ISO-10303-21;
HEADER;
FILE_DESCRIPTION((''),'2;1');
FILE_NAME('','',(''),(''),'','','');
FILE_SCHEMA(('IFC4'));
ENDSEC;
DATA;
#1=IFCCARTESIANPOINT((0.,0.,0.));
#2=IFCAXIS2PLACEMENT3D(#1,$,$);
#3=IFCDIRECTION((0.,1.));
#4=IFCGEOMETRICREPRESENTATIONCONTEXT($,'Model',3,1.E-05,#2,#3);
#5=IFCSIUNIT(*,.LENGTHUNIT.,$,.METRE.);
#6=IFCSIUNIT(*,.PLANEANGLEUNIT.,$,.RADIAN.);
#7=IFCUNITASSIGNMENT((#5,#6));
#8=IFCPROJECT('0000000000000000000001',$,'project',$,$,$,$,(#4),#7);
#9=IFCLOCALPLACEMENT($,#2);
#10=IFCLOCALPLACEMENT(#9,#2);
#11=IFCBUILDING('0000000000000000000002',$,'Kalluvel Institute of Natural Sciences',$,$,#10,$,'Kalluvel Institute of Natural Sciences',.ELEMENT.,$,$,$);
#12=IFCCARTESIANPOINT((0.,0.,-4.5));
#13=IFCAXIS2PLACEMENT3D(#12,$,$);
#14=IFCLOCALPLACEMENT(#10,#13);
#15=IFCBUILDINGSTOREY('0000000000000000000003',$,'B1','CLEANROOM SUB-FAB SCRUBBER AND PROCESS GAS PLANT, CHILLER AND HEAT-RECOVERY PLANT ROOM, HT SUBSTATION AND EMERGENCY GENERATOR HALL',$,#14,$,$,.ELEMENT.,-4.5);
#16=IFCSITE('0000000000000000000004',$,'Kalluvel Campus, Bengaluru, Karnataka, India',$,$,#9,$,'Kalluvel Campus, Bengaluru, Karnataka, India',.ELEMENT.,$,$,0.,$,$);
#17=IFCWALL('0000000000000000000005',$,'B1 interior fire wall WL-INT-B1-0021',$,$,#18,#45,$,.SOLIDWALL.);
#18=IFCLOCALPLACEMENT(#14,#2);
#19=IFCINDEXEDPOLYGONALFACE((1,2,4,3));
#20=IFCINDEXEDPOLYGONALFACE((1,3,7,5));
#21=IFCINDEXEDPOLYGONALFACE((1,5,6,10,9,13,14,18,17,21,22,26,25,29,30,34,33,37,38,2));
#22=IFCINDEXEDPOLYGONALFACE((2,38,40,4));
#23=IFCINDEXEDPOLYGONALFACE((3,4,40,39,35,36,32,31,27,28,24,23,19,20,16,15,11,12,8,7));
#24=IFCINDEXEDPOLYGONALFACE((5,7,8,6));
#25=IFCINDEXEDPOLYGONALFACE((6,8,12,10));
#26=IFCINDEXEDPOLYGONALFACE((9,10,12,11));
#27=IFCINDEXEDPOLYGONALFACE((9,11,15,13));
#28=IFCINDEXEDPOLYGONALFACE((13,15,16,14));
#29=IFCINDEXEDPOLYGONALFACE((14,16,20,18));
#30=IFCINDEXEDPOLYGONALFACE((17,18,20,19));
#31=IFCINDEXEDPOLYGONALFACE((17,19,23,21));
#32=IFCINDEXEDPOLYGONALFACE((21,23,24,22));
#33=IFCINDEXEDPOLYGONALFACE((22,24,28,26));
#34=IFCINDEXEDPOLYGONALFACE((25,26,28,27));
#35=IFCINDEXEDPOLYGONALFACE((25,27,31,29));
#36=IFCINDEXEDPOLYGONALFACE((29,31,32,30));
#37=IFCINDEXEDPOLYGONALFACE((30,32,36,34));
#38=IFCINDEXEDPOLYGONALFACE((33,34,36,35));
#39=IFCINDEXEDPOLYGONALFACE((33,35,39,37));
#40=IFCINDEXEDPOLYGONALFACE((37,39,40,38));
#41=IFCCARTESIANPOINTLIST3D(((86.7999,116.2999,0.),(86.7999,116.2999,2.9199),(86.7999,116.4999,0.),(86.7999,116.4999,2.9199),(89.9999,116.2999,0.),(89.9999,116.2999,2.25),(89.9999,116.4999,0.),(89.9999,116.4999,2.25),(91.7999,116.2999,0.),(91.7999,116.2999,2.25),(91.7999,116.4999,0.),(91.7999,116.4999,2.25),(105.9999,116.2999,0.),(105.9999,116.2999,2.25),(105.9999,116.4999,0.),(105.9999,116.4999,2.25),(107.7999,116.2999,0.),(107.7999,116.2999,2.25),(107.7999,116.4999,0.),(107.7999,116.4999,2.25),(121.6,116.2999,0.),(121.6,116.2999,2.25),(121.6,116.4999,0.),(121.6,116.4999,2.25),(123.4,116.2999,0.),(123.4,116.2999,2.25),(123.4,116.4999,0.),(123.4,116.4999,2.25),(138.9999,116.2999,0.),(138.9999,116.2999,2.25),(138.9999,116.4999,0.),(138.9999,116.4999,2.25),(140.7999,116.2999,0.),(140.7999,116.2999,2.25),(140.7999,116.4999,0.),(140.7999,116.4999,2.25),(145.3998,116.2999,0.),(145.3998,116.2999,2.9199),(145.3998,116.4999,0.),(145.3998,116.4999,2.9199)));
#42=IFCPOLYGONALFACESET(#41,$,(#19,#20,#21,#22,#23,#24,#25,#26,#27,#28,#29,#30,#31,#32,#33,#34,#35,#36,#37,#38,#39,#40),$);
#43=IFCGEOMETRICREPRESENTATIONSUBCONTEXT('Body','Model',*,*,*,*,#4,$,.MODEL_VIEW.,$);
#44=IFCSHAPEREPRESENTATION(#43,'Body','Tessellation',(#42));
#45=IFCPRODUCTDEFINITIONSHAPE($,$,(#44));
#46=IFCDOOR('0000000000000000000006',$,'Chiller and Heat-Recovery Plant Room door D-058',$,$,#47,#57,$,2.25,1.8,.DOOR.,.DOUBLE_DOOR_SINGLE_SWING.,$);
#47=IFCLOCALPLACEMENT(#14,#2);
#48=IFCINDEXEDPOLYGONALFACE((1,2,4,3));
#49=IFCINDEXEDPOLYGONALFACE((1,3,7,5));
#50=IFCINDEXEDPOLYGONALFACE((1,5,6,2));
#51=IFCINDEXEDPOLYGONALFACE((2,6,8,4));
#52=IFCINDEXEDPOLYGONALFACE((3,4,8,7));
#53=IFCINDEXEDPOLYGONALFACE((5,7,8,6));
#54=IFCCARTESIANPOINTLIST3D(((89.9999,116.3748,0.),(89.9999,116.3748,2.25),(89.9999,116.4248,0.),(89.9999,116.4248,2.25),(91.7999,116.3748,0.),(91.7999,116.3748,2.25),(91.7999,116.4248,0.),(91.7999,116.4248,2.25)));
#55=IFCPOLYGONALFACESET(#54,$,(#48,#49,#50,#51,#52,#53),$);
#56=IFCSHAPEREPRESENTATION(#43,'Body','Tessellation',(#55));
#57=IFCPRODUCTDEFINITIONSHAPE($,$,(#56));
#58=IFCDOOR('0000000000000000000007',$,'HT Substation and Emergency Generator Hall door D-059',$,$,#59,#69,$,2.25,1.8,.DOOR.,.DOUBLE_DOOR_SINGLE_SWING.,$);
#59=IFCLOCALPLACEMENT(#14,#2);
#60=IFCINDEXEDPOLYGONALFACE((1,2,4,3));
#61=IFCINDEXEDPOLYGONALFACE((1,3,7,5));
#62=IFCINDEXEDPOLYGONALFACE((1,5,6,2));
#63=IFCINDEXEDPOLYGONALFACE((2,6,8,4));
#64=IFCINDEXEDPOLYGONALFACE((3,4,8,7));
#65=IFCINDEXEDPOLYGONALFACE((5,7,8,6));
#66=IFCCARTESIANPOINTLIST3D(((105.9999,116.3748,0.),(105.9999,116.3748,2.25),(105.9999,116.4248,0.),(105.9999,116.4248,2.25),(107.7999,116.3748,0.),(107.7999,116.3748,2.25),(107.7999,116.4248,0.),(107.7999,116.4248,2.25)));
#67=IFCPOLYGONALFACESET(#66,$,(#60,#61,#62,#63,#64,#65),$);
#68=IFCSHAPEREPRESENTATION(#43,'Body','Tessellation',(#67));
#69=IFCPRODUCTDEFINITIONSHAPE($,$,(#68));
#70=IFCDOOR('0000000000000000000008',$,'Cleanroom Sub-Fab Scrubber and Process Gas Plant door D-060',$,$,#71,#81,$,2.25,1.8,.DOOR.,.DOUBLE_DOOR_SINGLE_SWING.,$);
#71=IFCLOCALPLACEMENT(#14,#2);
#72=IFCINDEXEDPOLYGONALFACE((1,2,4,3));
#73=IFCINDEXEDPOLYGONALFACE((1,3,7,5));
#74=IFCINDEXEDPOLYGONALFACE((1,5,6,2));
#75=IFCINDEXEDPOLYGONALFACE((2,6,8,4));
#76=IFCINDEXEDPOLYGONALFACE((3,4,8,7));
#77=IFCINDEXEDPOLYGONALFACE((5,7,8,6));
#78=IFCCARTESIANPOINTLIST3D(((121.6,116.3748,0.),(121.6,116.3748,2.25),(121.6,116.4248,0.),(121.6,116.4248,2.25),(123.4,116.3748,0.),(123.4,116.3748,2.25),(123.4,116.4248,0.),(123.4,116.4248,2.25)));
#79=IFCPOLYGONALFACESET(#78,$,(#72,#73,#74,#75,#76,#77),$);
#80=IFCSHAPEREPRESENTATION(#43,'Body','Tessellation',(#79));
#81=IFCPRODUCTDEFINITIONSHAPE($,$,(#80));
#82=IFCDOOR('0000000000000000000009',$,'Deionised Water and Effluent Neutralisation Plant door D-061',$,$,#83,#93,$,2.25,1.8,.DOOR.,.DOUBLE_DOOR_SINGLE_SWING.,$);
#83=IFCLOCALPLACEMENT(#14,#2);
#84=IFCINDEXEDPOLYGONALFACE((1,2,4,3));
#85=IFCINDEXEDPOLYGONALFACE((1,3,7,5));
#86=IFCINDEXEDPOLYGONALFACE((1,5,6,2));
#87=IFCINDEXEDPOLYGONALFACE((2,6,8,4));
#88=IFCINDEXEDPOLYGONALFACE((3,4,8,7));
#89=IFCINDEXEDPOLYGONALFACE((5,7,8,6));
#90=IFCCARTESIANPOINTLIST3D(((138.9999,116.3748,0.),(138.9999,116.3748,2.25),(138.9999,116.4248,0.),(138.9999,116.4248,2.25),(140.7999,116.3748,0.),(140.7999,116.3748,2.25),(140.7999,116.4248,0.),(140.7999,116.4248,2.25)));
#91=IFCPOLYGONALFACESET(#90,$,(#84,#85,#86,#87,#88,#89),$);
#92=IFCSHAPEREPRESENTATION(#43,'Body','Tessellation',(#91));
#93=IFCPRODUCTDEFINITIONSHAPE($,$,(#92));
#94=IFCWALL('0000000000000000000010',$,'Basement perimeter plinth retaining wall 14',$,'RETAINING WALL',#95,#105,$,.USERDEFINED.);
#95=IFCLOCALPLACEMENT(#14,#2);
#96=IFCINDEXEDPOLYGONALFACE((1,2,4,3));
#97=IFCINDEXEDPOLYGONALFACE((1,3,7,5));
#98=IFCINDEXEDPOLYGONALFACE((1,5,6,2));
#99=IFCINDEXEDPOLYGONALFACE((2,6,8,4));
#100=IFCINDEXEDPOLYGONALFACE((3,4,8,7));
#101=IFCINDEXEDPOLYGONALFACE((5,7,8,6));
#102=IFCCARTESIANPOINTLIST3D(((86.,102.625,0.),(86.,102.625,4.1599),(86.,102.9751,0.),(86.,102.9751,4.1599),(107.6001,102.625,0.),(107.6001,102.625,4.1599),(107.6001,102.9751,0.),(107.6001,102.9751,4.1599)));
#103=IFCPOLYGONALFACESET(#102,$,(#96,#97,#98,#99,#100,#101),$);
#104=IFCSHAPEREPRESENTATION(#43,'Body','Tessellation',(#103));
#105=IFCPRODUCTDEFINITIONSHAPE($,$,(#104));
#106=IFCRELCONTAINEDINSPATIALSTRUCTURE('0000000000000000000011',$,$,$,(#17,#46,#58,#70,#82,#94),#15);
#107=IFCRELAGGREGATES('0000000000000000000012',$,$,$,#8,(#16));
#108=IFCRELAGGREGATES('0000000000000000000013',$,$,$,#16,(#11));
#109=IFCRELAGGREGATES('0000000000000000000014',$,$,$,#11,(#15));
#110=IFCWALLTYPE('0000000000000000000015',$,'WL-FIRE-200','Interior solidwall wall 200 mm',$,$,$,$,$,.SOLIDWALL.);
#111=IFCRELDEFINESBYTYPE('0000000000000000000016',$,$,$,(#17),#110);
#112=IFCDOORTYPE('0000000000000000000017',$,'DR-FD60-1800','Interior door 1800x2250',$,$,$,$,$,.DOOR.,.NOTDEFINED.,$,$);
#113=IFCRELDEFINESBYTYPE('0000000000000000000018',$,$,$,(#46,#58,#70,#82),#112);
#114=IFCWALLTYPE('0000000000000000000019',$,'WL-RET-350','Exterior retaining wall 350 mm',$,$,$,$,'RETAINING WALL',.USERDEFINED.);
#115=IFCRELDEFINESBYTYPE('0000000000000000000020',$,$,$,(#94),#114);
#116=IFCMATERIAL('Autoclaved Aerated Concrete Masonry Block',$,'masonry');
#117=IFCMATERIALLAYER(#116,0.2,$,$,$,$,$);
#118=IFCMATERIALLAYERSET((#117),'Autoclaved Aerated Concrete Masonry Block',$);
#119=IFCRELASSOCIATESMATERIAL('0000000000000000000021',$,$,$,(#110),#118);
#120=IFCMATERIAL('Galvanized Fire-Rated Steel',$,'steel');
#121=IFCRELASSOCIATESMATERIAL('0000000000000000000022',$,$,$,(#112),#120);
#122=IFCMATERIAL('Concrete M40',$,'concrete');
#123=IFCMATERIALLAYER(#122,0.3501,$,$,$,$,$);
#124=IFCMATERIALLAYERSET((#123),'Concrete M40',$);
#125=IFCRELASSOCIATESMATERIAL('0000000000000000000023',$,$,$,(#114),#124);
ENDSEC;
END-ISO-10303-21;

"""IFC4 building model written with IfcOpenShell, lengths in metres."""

from ifc_helpers import new_model, si_unit, direction, frame, frame_2d, origin, place, context, subcontext, project, spatial, rectangle, extrude, material, layer, layer_set, type_object, element, fill, save


model = new_model("IFC4")

# Units and contexts
model_context = context("Model", 3, precision=1e-05, world=origin(), true_north=direction((0.0, 1.0)))
body_context = subcontext(model_context, "Body", "Model", "MODEL_VIEW")
ifc_project = project(units=[si_unit("LENGTHUNIT", "METRE"), si_unit("PLANEANGLEUNIT", "RADIAN")], contexts=[model_context])

# Site, building, storey
site_placement = place(None, origin())
site = spatial("IfcSite", under=ifc_project, at=site_placement, Name="Kalluvel Campus, Bengaluru, Karnataka, India", LongName="Kalluvel Campus, Bengaluru, Karnataka, India", CompositionType="ELEMENT", RefElevation=0.0)
building_placement = place(site_placement, origin())
building = spatial("IfcBuilding", under=site, at=building_placement, Name="Kalluvel Institute of Natural Sciences", LongName="Kalluvel Institute of Natural Sciences", CompositionType="ELEMENT")
storey_placement = place(building_placement, frame((0.0, 0.0, -4.5)))
storey = spatial("IfcBuildingStorey", under=building, at=storey_placement, Name="B1", Description="CLEANROOM SUB-FAB SCRUBBER AND PROCESS GAS PLANT, CHILLER AND HEAT-RECOVERY PLANT ROOM, HT SUBSTATION AND EMERGENCY GENERATOR HALL", CompositionType="ELEMENT", Elevation=-4.5)

# Shared definitions
ifc_material_1 = material(Name="Concrete M40", Category="concrete")

# Shared definitions
ifc_material_2 = material(Name="Autoclaved Aerated Concrete Masonry Block", Category="masonry")

# Wall, openings, doors
ifc_layer_1 = layer(ifc_material_2, 0.2)
ifc_layer_set_1 = layer_set([ifc_layer_1], Name="Autoclaved Aerated Concrete Masonry Block")
wall_type_1 = type_object("IfcWallType", Name="WL-FIRE-200", Description="Interior solidwall wall 200 mm", PredefinedType="SOLIDWALL", material=ifc_layer_set_1)
wall_1_placement = place(storey_placement, frame((86.8, 116.3999, 0.0), z_axis=(0.0, 0.0, 1.0), x_axis=(1.0, 0.0, 0.0)))
wall_1 = element("IfcWall", 1, at=wall_1_placement, inside=storey, type_object=wall_type_1, Name="B1 interior fire wall WL-INT-B1-0021", PredefinedType="SOLIDWALL", context=body_context, shape_type="SweptSolid", body=[
    extrude(rectangle(XDim=58.5999, YDim=0.2, at=frame_2d((29.2998, 0.0))), origin(), (0.0, 0.0, 1.0), 2.9199),
])
opening_1_placement = place(wall_1_placement, frame((3.2, 0.0, 0.0)))
opening_1 = element("IfcOpeningElement", 2, at=opening_1_placement, cuts=wall_1, PredefinedType="OPENING", context=body_context, shape_type="SweptSolid", body=[
    extrude(rectangle(XDim=1.8, YDim=2.25, at=frame_2d((0.8999, 1.125))), frame((0.0, 0.1099, 0.0), z_axis=(0.0, -1.0, 0.0), x_axis=(1.0, 0.0, 0.0)), (0.0, 0.0, 1.0), 0.22),
])
opening_2_placement = place(wall_1_placement, frame((19.2, 0.0, 0.0)))
opening_2 = element("IfcOpeningElement", 3, at=opening_2_placement, cuts=wall_1, PredefinedType="OPENING", context=body_context, shape_type="SweptSolid", body=[
    extrude(rectangle(XDim=1.8, YDim=2.25, at=frame_2d((0.8999, 1.125))), frame((0.0, 0.1099, 0.0), z_axis=(0.0, -1.0, 0.0), x_axis=(1.0, 0.0, 0.0)), (0.0, 0.0, 1.0), 0.22),
])
opening_3_placement = place(wall_1_placement, frame((34.8, 0.0, 0.0)))
opening_3 = element("IfcOpeningElement", 4, at=opening_3_placement, cuts=wall_1, PredefinedType="OPENING", context=body_context, shape_type="SweptSolid", body=[
    extrude(rectangle(XDim=1.8, YDim=2.25, at=frame_2d((0.8999, 1.125))), frame((0.0, 0.1099, 0.0), z_axis=(0.0, -1.0, 0.0), x_axis=(1.0, 0.0, 0.0)), (0.0, 0.0, 1.0), 0.22),
])
opening_4_placement = place(wall_1_placement, frame((52.2, 0.0, 0.0)))
opening_4 = element("IfcOpeningElement", 5, at=opening_4_placement, cuts=wall_1, PredefinedType="OPENING", context=body_context, shape_type="SweptSolid", body=[
    extrude(rectangle(XDim=1.8, YDim=2.25, at=frame_2d((0.8999, 1.125))), frame((0.0, 0.1099, 0.0), z_axis=(0.0, -1.0, 0.0), x_axis=(1.0, 0.0, 0.0)), (0.0, 0.0, 1.0), 0.22),
])
ifc_material_3 = material(Name="Galvanized Fire-Rated Steel", Category="steel")
door_type = type_object("IfcDoorType", Name="DR-FD60-1800", Description="Interior door 1800x2250", OperationType="NOTDEFINED", PredefinedType="DOOR", material=ifc_material_3)
door_1_placement = place(opening_1_placement, origin())
door_1 = element("IfcDoor", 6, at=door_1_placement, inside=storey, type_object=door_type, Name="Chiller and Heat-Recovery Plant Room door D-058", OperationType="DOUBLE_DOOR_SINGLE_SWING", OverallHeight=2.25, OverallWidth=1.8, PredefinedType="DOOR", context=body_context, shape_type="SweptSolid", body=[
    extrude(rectangle(XDim=1.8, YDim=2.25, at=frame_2d((0.8999, 1.125))), frame((0.0, 0.0249, 0.0), z_axis=(0.0, -1.0, 0.0), x_axis=(1.0, 0.0, 0.0)), (0.0, 0.0, 1.0), 0.05),
])
fill(opening_1, door_1)
door_2_placement = place(opening_2_placement, origin())
door_2 = element("IfcDoor", 7, at=door_2_placement, inside=storey, type_object=door_type, Name="HT Substation and Emergency Generator Hall door D-059", OperationType="DOUBLE_DOOR_SINGLE_SWING", OverallHeight=2.25, OverallWidth=1.8, PredefinedType="DOOR", context=body_context, shape_type="SweptSolid", body=[
    extrude(rectangle(XDim=1.8, YDim=2.25, at=frame_2d((0.8999, 1.125))), frame((0.0, 0.0249, 0.0), z_axis=(0.0, -1.0, 0.0), x_axis=(1.0, 0.0, 0.0)), (0.0, 0.0, 1.0), 0.05),
])
fill(opening_2, door_2)
door_3_placement = place(opening_3_placement, origin())
door_3 = element("IfcDoor", 8, at=door_3_placement, inside=storey, type_object=door_type, Name="Cleanroom Sub-Fab Scrubber and Process Gas Plant door D-060", OperationType="DOUBLE_DOOR_SINGLE_SWING", OverallHeight=2.25, OverallWidth=1.8, PredefinedType="DOOR", context=body_context, shape_type="SweptSolid", body=[
    extrude(rectangle(XDim=1.8, YDim=2.25, at=frame_2d((0.8999, 1.125))), frame((0.0, 0.0249, 0.0), z_axis=(0.0, -1.0, 0.0), x_axis=(1.0, 0.0, 0.0)), (0.0, 0.0, 1.0), 0.05),
])
fill(opening_3, door_3)
door_4_placement = place(opening_4_placement, origin())
door_4 = element("IfcDoor", 9, at=door_4_placement, inside=storey, type_object=door_type, Name="Deionised Water and Effluent Neutralisation Plant door D-061", OperationType="DOUBLE_DOOR_SINGLE_SWING", OverallHeight=2.25, OverallWidth=1.8, PredefinedType="DOOR", context=body_context, shape_type="SweptSolid", body=[
    extrude(rectangle(XDim=1.8, YDim=2.25, at=frame_2d((0.8999, 1.125))), frame((0.0, 0.0249, 0.0), z_axis=(0.0, -1.0, 0.0), x_axis=(1.0, 0.0, 0.0)), (0.0, 0.0, 1.0), 0.05),
])
fill(opening_4, door_4)

# Wall
ifc_layer_2 = layer(ifc_material_1, 0.3501)
ifc_layer_set_2 = layer_set([ifc_layer_2], Name="Concrete M40")
wall_type_2 = type_object("IfcWallType", Name="WL-RET-350", Description="Exterior retaining wall 350 mm", ElementType="RETAINING WALL", PredefinedType="USERDEFINED", material=ifc_layer_set_2)
wall_2_placement = place(storey_placement, frame((86.0, 102.8, 0.0), z_axis=(0.0, 0.0, 1.0), x_axis=(1.0, 0.0, 0.0)))
element("IfcWall", 10, at=wall_2_placement, inside=storey, type_object=wall_type_2, Name="Basement perimeter plinth retaining wall 14", ObjectType="RETAINING WALL", PredefinedType="USERDEFINED", context=body_context, shape_type="SweptSolid", body=[
    extrude(rectangle(XDim=21.6001, YDim=0.3501, at=frame_2d((10.8, 0.0))), origin(), (0.0, 0.0, 1.0), 4.1599),
])

save(model, "model.ifc")
